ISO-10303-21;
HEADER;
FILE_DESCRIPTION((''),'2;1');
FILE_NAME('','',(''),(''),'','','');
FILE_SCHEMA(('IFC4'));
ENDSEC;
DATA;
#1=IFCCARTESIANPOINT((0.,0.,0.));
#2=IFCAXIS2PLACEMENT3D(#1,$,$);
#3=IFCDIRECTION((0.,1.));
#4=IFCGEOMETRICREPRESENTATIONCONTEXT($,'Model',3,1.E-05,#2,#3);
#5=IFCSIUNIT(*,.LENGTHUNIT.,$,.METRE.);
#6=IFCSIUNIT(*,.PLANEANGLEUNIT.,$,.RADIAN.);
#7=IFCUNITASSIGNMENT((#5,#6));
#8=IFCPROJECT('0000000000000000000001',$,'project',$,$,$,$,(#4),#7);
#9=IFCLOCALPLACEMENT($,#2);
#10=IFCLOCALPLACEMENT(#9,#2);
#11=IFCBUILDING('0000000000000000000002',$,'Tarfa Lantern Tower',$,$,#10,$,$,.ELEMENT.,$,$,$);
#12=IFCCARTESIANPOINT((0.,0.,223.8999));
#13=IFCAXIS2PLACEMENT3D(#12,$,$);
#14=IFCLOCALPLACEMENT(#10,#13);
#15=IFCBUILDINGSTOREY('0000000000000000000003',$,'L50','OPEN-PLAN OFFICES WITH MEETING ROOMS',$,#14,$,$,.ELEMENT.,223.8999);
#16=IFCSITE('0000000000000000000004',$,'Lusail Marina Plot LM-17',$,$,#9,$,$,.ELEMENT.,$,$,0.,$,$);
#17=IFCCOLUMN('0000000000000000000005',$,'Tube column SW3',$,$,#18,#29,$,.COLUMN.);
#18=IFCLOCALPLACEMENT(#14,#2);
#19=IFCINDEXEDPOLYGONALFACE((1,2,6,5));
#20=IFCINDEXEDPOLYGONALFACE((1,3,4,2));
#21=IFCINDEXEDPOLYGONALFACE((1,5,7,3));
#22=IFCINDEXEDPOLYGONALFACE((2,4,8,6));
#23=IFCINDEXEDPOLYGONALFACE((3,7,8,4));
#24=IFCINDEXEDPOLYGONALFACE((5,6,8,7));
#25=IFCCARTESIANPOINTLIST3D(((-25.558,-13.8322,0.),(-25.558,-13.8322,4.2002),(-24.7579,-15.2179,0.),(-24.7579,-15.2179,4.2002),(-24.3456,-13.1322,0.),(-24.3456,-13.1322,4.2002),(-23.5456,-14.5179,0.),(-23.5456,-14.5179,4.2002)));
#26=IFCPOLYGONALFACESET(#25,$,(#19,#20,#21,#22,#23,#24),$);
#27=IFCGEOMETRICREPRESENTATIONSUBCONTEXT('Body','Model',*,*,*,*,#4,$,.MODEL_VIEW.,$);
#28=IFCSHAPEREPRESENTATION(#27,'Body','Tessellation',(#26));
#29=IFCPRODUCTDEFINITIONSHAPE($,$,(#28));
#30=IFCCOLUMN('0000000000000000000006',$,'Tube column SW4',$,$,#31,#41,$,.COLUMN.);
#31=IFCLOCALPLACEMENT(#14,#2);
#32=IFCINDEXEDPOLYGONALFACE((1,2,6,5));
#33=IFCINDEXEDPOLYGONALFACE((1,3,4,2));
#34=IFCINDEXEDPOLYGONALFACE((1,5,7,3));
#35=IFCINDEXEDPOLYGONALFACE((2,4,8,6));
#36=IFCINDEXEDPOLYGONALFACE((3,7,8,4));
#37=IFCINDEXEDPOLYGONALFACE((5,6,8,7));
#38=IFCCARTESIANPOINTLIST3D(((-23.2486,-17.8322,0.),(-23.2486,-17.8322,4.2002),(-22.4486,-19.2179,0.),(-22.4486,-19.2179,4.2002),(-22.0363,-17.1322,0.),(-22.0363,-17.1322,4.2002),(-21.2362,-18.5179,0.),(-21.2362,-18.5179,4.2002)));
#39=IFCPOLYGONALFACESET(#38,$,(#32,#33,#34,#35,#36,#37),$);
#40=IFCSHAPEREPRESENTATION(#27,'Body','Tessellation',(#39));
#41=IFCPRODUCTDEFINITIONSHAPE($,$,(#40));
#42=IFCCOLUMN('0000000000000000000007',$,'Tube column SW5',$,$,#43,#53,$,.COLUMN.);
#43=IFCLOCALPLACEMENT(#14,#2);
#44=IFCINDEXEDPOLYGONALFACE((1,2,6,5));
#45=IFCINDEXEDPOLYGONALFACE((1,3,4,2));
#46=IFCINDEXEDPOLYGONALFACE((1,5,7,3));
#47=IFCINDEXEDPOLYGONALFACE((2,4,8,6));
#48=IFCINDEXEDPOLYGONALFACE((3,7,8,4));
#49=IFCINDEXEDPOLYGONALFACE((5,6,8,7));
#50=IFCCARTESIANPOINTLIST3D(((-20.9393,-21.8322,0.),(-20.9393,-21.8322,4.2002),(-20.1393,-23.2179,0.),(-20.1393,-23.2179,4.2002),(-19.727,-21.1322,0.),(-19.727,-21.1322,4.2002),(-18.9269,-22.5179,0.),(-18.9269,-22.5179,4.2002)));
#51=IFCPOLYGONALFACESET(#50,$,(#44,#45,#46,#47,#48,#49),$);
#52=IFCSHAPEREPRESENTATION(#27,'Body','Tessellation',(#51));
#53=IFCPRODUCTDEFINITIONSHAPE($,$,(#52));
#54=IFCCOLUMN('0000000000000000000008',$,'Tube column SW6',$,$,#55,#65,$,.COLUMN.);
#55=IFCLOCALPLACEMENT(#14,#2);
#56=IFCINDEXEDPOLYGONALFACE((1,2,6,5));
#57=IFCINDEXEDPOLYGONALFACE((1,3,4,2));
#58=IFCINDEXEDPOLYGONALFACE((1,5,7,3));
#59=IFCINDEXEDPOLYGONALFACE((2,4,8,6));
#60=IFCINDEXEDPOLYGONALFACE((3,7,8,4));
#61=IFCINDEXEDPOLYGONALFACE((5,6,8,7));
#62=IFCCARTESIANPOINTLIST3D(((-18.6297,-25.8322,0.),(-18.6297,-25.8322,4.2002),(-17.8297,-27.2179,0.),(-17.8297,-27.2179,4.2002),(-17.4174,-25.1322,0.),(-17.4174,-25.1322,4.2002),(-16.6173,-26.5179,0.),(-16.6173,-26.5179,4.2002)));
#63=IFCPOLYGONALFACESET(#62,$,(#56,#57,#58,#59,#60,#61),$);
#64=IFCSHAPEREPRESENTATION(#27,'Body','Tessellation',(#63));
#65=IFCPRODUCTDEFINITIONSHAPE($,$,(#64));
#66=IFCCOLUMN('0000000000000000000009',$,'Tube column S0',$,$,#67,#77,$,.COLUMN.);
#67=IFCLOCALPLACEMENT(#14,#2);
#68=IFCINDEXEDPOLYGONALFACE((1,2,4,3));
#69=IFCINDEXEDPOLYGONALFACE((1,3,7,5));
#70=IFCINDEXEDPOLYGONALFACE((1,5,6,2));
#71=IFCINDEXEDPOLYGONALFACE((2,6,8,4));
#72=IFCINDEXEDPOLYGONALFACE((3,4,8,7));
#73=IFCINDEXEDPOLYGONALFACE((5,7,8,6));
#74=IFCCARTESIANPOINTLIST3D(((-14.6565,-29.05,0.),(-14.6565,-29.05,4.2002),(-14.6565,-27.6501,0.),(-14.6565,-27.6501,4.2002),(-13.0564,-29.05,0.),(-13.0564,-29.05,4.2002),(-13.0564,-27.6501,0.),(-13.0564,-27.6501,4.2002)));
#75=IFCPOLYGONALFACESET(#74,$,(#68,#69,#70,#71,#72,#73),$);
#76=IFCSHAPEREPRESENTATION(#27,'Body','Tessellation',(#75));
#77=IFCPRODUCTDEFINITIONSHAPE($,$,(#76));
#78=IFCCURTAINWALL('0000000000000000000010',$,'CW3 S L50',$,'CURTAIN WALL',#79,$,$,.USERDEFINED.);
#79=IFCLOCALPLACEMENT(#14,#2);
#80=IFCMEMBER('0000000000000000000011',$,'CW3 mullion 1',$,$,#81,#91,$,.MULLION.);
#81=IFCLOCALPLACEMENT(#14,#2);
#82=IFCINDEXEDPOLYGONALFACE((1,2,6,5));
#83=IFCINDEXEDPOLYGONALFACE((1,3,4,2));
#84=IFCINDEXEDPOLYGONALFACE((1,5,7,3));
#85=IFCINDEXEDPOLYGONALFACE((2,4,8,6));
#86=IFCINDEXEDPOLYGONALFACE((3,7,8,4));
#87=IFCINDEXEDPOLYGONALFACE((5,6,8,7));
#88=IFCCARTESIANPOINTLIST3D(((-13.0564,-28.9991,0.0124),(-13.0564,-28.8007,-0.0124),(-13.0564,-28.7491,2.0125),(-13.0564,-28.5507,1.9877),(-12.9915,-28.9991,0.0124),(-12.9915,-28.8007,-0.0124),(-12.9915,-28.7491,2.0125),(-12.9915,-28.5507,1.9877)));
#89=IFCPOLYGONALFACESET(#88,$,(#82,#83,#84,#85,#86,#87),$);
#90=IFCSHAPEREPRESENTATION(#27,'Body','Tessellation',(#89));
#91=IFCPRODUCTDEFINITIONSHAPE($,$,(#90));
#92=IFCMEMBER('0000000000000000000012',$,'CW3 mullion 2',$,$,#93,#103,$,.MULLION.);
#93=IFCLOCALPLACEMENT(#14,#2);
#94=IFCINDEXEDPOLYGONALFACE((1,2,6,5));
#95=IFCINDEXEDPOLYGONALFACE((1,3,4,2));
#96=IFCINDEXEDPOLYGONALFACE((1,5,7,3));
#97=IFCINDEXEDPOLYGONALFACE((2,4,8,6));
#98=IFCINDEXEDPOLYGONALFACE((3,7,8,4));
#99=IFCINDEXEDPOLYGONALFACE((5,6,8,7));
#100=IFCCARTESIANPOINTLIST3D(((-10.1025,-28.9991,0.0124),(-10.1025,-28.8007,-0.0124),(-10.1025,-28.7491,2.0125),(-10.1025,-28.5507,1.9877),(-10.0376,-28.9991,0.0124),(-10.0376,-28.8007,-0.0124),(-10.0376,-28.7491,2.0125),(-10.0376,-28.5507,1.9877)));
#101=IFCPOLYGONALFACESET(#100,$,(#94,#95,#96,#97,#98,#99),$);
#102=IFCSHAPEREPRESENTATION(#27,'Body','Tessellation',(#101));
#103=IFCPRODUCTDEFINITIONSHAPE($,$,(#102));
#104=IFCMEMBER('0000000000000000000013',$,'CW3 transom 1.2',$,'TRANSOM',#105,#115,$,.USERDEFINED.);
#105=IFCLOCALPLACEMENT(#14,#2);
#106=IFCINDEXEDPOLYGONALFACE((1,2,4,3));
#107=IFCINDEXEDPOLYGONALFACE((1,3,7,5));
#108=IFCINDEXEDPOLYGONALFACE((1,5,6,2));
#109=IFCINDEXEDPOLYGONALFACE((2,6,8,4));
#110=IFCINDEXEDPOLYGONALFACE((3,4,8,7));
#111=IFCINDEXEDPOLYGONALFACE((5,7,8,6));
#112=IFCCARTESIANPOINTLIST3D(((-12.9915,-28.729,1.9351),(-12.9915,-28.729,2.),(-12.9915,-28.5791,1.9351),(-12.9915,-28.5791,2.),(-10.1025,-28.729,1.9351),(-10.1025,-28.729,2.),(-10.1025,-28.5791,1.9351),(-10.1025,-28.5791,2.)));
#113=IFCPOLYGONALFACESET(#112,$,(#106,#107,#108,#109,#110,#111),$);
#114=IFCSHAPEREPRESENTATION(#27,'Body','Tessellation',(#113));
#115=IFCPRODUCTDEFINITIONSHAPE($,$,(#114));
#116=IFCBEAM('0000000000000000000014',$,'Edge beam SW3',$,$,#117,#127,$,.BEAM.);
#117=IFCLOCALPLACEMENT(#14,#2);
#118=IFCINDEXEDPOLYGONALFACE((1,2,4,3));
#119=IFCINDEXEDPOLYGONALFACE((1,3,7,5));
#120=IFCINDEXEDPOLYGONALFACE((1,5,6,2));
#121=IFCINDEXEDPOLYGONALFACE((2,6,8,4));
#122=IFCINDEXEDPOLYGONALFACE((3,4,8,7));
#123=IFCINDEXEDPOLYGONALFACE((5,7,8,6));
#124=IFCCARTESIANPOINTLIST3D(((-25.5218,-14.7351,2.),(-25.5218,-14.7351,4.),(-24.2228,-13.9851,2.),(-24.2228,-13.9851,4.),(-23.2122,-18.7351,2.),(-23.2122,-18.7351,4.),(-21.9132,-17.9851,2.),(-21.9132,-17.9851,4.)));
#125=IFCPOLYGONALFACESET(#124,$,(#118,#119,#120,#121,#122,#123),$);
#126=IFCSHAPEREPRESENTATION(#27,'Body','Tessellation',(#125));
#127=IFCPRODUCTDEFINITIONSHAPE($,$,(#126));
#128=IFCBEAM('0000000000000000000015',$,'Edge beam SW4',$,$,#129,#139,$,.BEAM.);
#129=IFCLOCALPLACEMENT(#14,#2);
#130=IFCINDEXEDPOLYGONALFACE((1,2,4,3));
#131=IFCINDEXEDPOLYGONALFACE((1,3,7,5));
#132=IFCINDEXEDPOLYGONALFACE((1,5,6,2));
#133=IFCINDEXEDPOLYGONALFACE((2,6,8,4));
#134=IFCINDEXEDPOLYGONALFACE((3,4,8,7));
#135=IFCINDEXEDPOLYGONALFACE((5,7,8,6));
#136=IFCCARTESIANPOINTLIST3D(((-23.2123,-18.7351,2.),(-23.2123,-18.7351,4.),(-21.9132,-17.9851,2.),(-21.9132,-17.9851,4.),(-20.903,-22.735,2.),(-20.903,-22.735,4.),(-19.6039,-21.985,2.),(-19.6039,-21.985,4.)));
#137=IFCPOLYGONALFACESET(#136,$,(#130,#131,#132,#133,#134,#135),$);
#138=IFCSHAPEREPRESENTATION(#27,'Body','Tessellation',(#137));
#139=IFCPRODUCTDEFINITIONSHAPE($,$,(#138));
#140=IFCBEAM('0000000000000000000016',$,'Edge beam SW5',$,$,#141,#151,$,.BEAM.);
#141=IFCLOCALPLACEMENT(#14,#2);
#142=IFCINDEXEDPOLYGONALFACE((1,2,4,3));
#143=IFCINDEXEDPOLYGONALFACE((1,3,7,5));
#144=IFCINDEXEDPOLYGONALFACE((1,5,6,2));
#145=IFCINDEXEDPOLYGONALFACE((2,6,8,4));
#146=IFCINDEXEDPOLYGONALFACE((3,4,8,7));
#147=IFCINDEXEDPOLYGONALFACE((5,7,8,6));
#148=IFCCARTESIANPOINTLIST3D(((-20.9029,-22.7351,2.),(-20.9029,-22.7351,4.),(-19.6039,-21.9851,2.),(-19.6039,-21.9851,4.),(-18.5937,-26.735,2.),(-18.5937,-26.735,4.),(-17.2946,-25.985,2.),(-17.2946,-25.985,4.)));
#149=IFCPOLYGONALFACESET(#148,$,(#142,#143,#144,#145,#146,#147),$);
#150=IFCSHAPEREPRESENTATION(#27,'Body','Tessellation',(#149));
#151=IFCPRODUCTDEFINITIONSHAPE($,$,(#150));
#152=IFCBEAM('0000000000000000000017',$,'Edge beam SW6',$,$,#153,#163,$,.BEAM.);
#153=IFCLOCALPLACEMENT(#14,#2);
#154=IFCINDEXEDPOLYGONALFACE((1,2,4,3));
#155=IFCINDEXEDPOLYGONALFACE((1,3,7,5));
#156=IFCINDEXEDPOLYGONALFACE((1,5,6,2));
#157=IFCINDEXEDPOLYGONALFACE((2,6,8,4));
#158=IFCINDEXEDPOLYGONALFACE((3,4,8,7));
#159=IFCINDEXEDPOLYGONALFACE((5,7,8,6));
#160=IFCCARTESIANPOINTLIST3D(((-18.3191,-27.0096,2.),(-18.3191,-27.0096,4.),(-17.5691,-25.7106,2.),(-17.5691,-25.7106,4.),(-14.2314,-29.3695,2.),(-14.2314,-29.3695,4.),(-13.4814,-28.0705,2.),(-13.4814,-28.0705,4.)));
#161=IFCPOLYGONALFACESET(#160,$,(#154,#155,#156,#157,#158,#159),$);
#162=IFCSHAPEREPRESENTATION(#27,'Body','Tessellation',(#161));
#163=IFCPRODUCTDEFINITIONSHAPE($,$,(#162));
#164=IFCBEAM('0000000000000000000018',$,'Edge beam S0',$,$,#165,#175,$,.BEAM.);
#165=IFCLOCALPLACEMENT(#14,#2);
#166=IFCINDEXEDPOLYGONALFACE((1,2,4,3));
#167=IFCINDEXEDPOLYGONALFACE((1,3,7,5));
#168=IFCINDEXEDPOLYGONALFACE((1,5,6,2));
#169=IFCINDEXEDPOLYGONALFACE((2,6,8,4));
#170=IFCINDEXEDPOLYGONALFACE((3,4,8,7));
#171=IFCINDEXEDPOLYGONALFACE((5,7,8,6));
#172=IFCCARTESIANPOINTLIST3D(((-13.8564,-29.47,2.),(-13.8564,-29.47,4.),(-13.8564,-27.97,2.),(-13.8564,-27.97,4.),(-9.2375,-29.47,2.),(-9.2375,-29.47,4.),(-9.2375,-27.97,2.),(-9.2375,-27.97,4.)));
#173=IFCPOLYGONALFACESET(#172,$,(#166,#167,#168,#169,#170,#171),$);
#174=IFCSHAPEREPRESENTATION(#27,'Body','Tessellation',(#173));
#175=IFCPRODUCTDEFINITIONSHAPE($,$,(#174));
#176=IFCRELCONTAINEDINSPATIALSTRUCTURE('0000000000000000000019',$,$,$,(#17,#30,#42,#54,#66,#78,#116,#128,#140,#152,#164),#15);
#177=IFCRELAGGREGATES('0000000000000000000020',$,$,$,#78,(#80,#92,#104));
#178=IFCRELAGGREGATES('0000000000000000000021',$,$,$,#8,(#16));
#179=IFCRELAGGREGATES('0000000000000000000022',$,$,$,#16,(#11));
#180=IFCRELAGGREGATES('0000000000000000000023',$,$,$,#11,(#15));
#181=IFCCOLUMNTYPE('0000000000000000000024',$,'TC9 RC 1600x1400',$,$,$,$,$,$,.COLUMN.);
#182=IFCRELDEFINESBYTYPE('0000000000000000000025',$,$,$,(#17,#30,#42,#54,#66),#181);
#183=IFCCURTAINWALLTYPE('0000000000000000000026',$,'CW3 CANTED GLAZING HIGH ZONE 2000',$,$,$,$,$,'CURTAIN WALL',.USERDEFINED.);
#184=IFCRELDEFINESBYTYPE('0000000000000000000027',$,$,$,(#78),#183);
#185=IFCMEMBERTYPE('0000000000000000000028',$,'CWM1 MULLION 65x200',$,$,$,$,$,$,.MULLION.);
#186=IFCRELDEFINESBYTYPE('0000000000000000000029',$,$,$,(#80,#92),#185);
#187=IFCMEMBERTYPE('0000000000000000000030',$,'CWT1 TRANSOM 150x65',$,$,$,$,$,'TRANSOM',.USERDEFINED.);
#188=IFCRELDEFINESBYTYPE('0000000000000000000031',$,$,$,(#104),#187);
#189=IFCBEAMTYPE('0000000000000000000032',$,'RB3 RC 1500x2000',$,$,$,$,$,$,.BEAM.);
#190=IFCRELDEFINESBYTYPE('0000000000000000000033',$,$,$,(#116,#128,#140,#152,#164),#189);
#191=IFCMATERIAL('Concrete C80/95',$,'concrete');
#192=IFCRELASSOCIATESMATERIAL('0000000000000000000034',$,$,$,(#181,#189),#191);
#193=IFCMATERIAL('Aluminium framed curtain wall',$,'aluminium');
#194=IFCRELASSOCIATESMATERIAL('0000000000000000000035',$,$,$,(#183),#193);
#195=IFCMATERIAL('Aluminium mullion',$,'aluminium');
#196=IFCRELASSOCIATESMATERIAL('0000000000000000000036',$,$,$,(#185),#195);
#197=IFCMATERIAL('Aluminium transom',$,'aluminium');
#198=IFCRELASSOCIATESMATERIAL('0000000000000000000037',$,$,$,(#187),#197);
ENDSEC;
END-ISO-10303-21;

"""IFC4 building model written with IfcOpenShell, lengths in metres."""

from ifc_helpers import new_model, si_unit, direction, frame, origin, origin_2d, place, context, subcontext, project, spatial, rectangle, extrude, material, material_profile, profile_set, type_object, element, aggregate, save


model = new_model("IFC4")

# Units and contexts
model_context = context("Model", 3, precision=1e-05, world=origin(), true_north=direction((0.0, 1.0)))
body_context = subcontext(model_context, "Body", "Model", "MODEL_VIEW")
ifc_project = project(units=[si_unit("LENGTHUNIT", "METRE"), si_unit("PLANEANGLEUNIT", "RADIAN")], contexts=[model_context])

# Site, building, storey
site_placement = place(None, origin())
site = spatial("IfcSite", under=ifc_project, at=site_placement, Name="Lusail Marina Plot LM-17", CompositionType="ELEMENT", RefElevation=0.0)
building_placement = place(site_placement, origin())
building = spatial("IfcBuilding", under=site, at=building_placement, Name="Tarfa Lantern Tower", CompositionType="ELEMENT")
storey_placement = place(building_placement, frame((0.0, 0.0, 223.8999)))
storey = spatial("IfcBuildingStorey", under=building, at=storey_placement, Name="L50", Description="OPEN-PLAN OFFICES WITH MEETING ROOMS", CompositionType="ELEMENT", Elevation=223.8999)

# Columns
ifc_material_1 = material(Name="Concrete C80/95", Category="concrete")
ifc_material_profile_1 = material_profile(ifc_material_1, rectangle(XDim=1.6001, YDim=1.3999, at=origin_2d()), Name="RC 1600x1400")
ifc_profile_set_1 = profile_set([ifc_material_profile_1], Name="Concrete C80/95")
column_type = type_object("IfcColumnType", Name="TC9 RC 1600x1400", PredefinedType="COLUMN", material=ifc_profile_set_1)
for number, where, z_axis, x_axis, name in (
    (1, (-24.5518, -14.175, 0.0), (0.0, 0.0, 1.0), (0.5, -0.866025, 0.0), "Tube column SW3"),
    (2, (-22.2424, -18.175, 0.0), (0.0, 0.0, 1.0), (0.5, -0.866025, 0.0), "Tube column SW4"),
    (3, (-19.9331, -22.175, 0.0), (0.0, 0.0, 1.0), (0.5, -0.866025, 0.0), "Tube column SW5"),
    (4, (-17.6235, -26.175, 0.0), (0.0, 0.0, 1.0), (0.5, -0.866025, 0.0), "Tube column SW6"),
    (5, (-13.8564, -28.3501, 0.0), (0.0, 0.0, 1.0), (1.0, 0.0, 0.0), "Tube column S0"),
):
    element("IfcColumn", number, at=place(storey_placement, frame(where, z_axis=z_axis, x_axis=x_axis)), inside=storey, type_object=column_type, Name=name, PredefinedType="COLUMN", context=body_context, shape_type="SweptSolid", body=[
        extrude(rectangle(XDim=1.6001, YDim=1.3999, at=origin_2d()), origin(), (0.0, 0.0, 1.0), 4.2002),
    ])

# Curtain wall, members
ifc_material_2 = material(Name="Aluminium framed curtain wall", Category="aluminium")
curtain_wall_type = type_object("IfcCurtainWallType", Name="CW3 CANTED GLAZING HIGH ZONE 2000", ElementType="CURTAIN WALL", PredefinedType="USERDEFINED", material=ifc_material_2)
curtain_wall_placement = place(storey_placement, origin())
curtain_wall = element("IfcCurtainWall", 6, at=curtain_wall_placement, inside=storey, type_object=curtain_wall_type, Name="CW3 S L50", ObjectType="CURTAIN WALL", PredefinedType="USERDEFINED")
ifc_material_3 = material(Name="Aluminium mullion", Category="aluminium")
ifc_material_profile_2 = material_profile(ifc_material_3, rectangle(XDim=0.0649, YDim=0.2, at=origin_2d()), Name="AL MULLION 65x200")
ifc_profile_set_2 = profile_set([ifc_material_profile_2], Name="Aluminium mullion")
member_type_1 = type_object("IfcMemberType", Name="CWM1 MULLION 65x200", PredefinedType="MULLION", material=ifc_profile_set_2)
member_1_placement = place(storey_placement, frame((-13.0239, -28.8999, 0.0), z_axis=(0.0, 0.124035, 0.992278), x_axis=(-1.0, 0.0, 0.0)))
member_1 = element("IfcMember", 7, at=member_1_placement, type_object=member_type_1, Name="CW3 mullion 1", PredefinedType="MULLION", context=body_context, shape_type="SweptSolid", body=[
    extrude(rectangle(XDim=0.0649, YDim=0.2, at=origin_2d()), origin(), (0.0, 0.0, 1.0), 2.0156),
])
member_2_placement = place(storey_placement, frame((-10.0701, -28.8999, 0.0), z_axis=(0.0, 0.124035, 0.992278), x_axis=(-1.0, 0.0, 0.0)))
member_2 = element("IfcMember", 8, at=member_2_placement, type_object=member_type_1, Name="CW3 mullion 2", PredefinedType="MULLION", context=body_context, shape_type="SweptSolid", body=[
    extrude(rectangle(XDim=0.0649, YDim=0.2, at=origin_2d()), origin(), (0.0, 0.0, 1.0), 2.0156),
])
ifc_material_4 = material(Name="Aluminium transom", Category="aluminium")
ifc_material_profile_3 = material_profile(ifc_material_4, rectangle(XDim=0.1499, YDim=0.0649, at=origin_2d()), Name="AL TRANSOM 150x65")
ifc_profile_set_3 = profile_set([ifc_material_profile_3], Name="Aluminium transom")
member_type_2 = type_object("IfcMemberType", Name="CWT1 TRANSOM 150x65", ElementType="TRANSOM", PredefinedType="USERDEFINED", material=ifc_profile_set_3)
member_3_placement = place(storey_placement, frame((-12.9915, -28.6541, 1.9675), z_axis=(1.0, 0.0, 0.0), x_axis=(0.0, 1.0, 0.0)))
member_3 = element("IfcMember", 9, at=member_3_placement, type_object=member_type_2, Name="CW3 transom 1.2", ObjectType="TRANSOM", PredefinedType="USERDEFINED", context=body_context, shape_type="SweptSolid", body=[
    extrude(rectangle(XDim=0.1499, YDim=0.0649, at=origin_2d()), origin(), (0.0, 0.0, 1.0), 2.8889),
])

# Beams
ifc_material_profile_4 = material_profile(ifc_material_1, rectangle(XDim=1.5, YDim=2.0, at=origin_2d()), Name="RC 1500x2000")
ifc_profile_set_4 = profile_set([ifc_material_profile_4], Name="Concrete C80/95")
beam_type_1 = type_object("IfcBeamType", Name="RB3 RC 1500x2000", PredefinedType="BEAM", material=ifc_profile_set_4)
beam_1_placement = place(storey_placement, frame((-24.8723, -14.3601, 3.0), z_axis=(0.500027, -0.86601, 0.0), x_axis=(0.86601, 0.500027, 0.0)))
element("IfcBeam", 10, at=beam_1_placement, inside=storey, type_object=beam_type_1, Name="Edge beam SW3", PredefinedType="BEAM", context=body_context, shape_type="SweptSolid", body=[
    extrude(rectangle(XDim=1.5, YDim=2.0, at=origin_2d()), origin(), (0.0, 0.0, 1.0), 4.6189),
])
for number, where, z_axis, x_axis, name in (
    (11, (-22.5627, -18.3601, 3.0), (0.499988, -0.866032, 0.0), (0.866032, 0.499988, 0.0), "Edge beam SW4"),
    (12, (-20.2534, -22.3601, 3.0), (0.499988, -0.866032, 0.0), (0.866032, 0.499988, 0.0), "Edge beam SW5"),
):
    element("IfcBeam", number, at=place(storey_placement, frame(where, z_axis=z_axis, x_axis=x_axis)), inside=storey, type_object=beam_type_1, Name=name, PredefinedType="BEAM", context=body_context, shape_type="SweptSolid", body=[
        extrude(rectangle(XDim=1.5, YDim=2.0, at=origin_2d()), origin(), (0.0, 0.0, 1.0), 4.6187),
    ])
beam_2_placement = place(storey_placement, frame((-17.9441, -26.3601, 3.0), z_axis=(0.866038, -0.499978, 0.0), x_axis=(0.499978, 0.866038, 0.0)))
element("IfcBeam", 13, at=beam_2_placement, inside=storey, type_object=beam_type_1, Name="Edge beam SW6", PredefinedType="BEAM", context=body_context, shape_type="SweptSolid", body=[
    extrude(rectangle(XDim=1.5, YDim=2.0, at=origin_2d()), origin(), (0.0, 0.0, 1.0), 4.72),
])
beam_3_placement = place(storey_placement, frame((-13.8564, -28.72, 3.0), z_axis=(1.0, 0.0, 0.0), x_axis=(0.0, 1.0, 0.0)))
element("IfcBeam", 14, at=beam_3_placement, inside=storey, type_object=beam_type_1, Name="Edge beam S0", PredefinedType="BEAM", context=body_context, shape_type="SweptSolid", body=[
    extrude(rectangle(XDim=1.5, YDim=2.0, at=origin_2d()), origin(), (0.0, 0.0, 1.0), 4.6189),
])

aggregate(curtain_wall, [member_1, member_2, member_3])

save(model, "model.ifc")
